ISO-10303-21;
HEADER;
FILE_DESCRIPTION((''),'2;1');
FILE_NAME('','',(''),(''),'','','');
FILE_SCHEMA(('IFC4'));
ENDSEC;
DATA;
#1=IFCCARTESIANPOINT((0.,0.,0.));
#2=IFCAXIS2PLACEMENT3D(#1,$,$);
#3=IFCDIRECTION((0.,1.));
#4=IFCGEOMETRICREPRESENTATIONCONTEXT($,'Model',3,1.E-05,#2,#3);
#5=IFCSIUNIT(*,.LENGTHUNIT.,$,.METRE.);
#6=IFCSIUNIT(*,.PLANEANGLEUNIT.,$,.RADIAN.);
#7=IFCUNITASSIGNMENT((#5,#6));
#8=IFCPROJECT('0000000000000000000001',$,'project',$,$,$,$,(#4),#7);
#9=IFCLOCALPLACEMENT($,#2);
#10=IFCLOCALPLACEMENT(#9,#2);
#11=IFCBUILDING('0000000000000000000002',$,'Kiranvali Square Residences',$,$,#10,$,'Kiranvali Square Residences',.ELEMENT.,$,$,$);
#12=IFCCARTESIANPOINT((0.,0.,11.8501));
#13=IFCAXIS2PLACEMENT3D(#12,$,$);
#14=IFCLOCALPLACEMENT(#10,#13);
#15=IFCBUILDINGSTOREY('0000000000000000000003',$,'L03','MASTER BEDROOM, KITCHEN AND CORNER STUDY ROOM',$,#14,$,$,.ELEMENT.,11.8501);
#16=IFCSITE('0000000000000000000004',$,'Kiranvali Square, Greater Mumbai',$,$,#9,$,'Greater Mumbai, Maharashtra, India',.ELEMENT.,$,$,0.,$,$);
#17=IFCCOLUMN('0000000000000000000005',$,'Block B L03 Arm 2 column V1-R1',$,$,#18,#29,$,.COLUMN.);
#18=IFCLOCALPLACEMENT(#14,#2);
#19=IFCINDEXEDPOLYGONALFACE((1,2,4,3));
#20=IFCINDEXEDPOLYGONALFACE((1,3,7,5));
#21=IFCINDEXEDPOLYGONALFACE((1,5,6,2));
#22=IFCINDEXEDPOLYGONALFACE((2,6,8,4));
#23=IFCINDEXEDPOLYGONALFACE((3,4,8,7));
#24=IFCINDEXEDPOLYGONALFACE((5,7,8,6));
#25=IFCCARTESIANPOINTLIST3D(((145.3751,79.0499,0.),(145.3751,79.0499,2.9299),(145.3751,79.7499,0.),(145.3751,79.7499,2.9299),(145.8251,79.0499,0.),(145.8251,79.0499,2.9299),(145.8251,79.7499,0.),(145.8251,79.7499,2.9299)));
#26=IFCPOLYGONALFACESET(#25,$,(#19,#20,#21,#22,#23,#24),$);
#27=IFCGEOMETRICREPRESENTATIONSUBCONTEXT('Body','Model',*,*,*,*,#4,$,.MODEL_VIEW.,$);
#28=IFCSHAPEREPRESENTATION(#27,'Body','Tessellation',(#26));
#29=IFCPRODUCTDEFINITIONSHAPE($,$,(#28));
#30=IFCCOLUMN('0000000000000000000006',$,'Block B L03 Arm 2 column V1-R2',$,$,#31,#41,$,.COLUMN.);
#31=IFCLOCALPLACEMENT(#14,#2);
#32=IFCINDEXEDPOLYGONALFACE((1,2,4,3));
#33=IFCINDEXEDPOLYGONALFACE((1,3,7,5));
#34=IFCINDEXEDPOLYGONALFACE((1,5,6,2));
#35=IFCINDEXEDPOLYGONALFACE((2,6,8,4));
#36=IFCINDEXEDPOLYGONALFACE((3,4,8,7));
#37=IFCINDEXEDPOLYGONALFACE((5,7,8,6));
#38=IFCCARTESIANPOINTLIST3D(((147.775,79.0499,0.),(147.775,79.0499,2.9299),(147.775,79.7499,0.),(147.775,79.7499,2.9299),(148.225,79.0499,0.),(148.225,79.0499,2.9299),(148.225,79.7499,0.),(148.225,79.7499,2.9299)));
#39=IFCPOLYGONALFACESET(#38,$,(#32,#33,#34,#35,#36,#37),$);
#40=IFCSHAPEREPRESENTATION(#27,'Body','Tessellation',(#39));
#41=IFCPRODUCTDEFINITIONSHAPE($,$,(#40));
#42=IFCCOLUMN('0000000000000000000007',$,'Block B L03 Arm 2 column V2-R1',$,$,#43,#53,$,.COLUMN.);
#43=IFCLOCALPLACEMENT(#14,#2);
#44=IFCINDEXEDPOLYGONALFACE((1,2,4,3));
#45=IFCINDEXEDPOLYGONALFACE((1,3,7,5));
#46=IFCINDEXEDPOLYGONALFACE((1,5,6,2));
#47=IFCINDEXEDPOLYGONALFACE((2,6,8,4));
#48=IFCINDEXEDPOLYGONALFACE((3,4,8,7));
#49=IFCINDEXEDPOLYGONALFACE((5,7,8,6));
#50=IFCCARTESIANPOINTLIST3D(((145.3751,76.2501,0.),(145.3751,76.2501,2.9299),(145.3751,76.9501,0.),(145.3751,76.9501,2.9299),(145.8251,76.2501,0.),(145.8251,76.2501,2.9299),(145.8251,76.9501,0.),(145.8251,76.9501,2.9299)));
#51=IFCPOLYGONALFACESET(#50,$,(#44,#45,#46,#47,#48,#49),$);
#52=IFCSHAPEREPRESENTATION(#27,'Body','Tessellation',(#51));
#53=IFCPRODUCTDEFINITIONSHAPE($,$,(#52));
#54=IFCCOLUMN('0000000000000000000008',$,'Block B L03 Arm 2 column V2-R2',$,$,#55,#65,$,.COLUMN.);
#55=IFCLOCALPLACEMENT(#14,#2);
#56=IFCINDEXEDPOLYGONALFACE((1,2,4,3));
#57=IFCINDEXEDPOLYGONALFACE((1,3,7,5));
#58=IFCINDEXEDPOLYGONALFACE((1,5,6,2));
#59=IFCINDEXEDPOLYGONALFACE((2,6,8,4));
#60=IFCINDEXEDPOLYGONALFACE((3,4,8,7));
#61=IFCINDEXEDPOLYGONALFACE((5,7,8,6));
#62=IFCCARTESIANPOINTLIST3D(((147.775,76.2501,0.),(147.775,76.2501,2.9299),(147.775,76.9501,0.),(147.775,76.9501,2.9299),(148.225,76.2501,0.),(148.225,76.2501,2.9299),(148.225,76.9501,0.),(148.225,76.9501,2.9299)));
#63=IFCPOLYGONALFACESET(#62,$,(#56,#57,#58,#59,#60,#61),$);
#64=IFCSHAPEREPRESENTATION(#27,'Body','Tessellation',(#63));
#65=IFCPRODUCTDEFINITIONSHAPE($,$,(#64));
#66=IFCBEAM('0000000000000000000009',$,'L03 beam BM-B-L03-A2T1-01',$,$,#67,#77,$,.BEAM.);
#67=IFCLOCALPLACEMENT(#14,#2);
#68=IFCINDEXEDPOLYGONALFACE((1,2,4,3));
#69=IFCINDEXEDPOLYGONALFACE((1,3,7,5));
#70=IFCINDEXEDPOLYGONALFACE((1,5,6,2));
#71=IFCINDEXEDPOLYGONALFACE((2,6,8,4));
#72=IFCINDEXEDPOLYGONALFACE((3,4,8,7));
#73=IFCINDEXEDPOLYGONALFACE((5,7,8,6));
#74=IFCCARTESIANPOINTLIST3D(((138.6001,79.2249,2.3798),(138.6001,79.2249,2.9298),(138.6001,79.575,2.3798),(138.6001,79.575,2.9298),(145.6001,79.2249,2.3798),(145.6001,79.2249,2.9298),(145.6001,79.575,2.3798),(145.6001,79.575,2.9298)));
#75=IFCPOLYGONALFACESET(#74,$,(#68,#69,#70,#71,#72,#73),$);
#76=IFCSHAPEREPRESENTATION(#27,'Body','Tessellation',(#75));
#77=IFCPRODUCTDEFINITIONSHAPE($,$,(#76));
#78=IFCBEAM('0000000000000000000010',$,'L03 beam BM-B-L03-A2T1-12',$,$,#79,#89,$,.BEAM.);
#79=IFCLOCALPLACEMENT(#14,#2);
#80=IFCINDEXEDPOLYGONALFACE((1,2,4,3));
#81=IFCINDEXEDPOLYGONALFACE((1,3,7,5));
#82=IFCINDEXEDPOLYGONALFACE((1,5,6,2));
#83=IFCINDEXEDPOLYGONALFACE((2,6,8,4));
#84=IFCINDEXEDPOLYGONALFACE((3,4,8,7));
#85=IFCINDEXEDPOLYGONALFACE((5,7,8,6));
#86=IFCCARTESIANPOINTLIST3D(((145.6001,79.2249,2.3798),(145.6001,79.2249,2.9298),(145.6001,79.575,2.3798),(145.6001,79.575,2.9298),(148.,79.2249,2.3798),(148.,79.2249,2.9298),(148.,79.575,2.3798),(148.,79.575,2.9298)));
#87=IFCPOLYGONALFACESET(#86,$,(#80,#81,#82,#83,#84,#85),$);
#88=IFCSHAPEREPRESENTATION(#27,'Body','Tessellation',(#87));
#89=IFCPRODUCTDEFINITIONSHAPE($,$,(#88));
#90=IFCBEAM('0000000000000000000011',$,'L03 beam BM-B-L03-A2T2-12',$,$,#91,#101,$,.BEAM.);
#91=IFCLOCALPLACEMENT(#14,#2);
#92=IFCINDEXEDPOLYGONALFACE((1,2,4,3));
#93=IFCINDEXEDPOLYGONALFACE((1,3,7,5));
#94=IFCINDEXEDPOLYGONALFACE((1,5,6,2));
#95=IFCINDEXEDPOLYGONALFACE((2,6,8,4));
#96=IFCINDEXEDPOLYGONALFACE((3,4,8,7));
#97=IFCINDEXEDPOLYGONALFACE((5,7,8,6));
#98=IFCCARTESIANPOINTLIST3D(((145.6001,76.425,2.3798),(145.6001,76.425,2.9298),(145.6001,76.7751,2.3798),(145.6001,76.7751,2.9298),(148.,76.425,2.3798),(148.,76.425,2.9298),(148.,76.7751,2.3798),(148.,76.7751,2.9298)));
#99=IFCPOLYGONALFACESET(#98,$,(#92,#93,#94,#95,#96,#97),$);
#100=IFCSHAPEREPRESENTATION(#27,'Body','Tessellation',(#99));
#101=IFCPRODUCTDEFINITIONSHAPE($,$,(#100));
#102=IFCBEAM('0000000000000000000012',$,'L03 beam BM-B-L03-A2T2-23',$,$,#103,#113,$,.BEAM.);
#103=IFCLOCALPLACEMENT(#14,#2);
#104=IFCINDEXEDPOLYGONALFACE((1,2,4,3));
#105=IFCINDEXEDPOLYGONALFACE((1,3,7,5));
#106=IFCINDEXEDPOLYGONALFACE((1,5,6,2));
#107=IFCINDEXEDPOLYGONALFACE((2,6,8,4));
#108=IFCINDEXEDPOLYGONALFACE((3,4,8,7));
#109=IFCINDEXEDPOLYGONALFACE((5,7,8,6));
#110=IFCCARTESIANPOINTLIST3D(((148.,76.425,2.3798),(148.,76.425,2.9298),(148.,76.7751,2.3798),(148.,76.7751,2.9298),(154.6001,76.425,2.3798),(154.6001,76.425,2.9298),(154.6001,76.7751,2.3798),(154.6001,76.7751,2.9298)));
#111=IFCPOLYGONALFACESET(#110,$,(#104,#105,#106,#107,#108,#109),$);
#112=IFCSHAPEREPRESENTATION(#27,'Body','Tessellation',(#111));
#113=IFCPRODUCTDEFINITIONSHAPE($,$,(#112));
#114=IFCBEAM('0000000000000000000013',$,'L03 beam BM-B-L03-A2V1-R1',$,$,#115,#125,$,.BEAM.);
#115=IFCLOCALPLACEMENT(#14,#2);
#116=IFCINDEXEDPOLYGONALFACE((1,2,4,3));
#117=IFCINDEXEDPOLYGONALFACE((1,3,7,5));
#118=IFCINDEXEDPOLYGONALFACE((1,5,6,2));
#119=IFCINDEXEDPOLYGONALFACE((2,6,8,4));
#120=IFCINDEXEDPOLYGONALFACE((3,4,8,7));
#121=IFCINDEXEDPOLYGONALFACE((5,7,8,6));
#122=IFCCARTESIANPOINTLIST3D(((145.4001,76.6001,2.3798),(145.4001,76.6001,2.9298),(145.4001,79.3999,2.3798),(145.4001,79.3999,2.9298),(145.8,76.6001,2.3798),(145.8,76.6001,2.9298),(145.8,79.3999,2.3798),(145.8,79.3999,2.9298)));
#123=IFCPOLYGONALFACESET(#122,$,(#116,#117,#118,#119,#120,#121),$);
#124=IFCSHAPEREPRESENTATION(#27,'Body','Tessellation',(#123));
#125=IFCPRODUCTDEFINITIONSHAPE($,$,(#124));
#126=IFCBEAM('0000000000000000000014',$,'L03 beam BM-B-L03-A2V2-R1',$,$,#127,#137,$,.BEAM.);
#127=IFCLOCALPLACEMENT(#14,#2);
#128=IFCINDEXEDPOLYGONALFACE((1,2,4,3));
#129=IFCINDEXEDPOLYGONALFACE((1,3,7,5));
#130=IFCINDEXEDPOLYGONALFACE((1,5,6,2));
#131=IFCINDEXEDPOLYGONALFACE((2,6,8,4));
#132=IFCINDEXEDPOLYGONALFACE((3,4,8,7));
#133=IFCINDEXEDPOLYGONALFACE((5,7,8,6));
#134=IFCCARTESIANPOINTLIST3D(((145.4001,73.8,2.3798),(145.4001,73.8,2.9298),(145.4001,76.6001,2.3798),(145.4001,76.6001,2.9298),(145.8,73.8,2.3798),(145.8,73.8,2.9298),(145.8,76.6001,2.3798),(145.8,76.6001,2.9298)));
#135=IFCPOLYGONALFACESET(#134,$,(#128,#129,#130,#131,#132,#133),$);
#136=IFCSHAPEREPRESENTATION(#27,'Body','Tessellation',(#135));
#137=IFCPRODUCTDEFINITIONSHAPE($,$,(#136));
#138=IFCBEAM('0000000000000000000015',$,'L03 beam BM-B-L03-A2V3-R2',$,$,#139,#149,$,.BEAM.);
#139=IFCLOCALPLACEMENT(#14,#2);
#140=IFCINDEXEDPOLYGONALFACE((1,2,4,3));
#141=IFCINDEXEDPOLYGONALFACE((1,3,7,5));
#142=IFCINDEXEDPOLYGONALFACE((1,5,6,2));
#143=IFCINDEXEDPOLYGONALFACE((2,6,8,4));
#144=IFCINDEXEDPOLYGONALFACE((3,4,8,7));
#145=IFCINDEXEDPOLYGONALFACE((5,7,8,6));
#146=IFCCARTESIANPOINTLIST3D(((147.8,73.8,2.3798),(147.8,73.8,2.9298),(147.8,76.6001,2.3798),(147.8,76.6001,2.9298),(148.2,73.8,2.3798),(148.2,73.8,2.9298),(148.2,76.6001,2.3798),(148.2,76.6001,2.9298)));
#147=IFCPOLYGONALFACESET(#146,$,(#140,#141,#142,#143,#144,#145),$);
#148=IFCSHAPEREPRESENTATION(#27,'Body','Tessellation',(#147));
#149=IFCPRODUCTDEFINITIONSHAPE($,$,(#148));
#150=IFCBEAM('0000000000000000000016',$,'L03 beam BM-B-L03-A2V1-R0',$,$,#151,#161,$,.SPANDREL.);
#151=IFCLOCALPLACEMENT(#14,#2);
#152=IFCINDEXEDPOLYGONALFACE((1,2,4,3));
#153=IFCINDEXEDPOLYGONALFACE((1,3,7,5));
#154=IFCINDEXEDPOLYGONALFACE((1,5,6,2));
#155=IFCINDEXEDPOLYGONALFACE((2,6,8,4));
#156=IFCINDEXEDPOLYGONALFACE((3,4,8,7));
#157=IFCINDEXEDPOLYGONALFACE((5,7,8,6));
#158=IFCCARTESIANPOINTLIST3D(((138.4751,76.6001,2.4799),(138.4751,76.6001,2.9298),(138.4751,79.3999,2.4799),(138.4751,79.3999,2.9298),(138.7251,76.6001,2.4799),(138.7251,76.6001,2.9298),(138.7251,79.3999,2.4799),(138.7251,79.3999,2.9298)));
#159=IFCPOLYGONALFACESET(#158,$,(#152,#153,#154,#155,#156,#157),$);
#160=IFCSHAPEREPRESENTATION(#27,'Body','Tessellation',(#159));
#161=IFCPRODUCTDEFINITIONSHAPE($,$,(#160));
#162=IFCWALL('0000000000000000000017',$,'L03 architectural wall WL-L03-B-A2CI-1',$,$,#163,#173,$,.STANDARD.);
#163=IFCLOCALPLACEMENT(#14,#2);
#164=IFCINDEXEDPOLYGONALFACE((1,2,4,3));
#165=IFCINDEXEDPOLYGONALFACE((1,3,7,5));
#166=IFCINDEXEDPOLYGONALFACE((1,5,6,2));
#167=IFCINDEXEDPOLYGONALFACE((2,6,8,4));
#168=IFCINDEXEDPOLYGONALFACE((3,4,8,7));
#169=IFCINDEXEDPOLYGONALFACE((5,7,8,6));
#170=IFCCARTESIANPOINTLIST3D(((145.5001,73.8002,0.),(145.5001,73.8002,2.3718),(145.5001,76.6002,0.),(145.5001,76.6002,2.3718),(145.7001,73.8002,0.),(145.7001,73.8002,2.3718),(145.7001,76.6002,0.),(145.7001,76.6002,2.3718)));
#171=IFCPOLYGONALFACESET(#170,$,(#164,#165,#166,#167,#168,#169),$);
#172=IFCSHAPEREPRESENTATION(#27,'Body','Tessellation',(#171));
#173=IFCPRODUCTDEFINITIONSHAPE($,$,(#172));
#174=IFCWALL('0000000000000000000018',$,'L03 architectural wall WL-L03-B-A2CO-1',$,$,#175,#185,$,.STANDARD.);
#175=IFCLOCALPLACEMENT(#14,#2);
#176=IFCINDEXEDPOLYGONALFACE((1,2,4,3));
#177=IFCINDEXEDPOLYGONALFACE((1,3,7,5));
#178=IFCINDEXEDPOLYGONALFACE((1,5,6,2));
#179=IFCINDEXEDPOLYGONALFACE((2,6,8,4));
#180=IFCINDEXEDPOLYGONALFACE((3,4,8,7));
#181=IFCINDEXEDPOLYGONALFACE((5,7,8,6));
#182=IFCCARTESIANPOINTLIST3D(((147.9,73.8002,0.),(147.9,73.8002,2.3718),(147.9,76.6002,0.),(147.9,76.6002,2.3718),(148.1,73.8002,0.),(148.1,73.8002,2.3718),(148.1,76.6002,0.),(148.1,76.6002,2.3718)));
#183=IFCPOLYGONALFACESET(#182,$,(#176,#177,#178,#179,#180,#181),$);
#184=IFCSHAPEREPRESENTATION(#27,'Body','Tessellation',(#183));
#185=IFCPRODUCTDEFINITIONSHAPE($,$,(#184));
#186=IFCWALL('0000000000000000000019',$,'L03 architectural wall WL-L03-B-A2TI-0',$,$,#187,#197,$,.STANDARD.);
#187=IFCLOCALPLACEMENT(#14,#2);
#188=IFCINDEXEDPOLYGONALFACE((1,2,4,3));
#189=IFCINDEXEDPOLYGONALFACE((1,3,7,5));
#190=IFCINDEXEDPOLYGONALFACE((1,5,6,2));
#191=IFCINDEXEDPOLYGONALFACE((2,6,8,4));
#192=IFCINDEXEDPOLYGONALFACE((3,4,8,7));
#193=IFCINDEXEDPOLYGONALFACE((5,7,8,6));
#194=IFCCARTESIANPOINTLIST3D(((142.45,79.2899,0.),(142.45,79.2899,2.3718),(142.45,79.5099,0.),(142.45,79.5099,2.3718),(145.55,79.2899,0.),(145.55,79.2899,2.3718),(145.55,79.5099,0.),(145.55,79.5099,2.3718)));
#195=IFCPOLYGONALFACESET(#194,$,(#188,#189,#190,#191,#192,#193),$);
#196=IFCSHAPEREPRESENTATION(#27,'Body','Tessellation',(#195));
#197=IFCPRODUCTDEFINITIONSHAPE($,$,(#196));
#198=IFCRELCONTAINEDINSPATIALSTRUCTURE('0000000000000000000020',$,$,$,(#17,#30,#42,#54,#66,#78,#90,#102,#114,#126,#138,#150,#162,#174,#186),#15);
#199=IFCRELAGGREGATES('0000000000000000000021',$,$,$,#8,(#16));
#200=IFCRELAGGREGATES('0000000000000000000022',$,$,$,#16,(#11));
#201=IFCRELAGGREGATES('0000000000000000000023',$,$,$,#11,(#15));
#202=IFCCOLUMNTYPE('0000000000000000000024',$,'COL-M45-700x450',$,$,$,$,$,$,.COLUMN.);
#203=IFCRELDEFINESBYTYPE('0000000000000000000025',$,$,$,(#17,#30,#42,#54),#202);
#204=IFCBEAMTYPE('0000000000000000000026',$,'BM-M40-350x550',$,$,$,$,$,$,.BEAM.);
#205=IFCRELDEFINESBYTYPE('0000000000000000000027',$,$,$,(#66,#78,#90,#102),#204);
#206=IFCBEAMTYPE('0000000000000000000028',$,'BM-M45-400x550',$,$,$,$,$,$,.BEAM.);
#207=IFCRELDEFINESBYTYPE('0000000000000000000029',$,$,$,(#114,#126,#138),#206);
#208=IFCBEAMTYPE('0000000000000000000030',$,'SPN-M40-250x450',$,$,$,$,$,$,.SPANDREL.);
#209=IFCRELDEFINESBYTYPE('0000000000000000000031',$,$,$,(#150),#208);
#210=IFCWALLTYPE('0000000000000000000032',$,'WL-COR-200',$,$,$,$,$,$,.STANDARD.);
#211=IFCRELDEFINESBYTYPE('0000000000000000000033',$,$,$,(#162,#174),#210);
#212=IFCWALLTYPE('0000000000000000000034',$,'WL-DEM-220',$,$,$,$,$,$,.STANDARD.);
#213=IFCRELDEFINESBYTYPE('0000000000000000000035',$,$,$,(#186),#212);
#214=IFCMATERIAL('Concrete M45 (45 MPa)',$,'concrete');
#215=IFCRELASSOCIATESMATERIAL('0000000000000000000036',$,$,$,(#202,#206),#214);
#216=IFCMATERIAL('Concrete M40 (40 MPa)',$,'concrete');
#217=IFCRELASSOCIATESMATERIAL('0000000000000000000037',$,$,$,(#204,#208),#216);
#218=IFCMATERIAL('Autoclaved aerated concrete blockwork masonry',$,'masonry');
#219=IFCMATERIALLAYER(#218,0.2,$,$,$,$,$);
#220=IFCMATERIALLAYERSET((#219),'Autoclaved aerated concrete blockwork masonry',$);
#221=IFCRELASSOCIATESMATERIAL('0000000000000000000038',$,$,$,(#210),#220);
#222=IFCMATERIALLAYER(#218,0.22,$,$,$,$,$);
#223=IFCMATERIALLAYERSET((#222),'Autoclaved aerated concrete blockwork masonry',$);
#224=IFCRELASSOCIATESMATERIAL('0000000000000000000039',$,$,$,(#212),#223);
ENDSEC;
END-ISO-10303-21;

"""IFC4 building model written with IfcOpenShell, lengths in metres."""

from ifc_helpers import new_model, si_unit, direction, frame, frame_2d, origin, origin_2d, place, context, subcontext, project, spatial, rectangle, extrude, material, layer, layer_set, material_profile, profile_set, type_object, element, save


model = new_model("IFC4")

# Units and contexts
model_context = context("Model", 3, precision=1e-05, world=origin(), true_north=direction((0.0, 1.0)))
body_context = subcontext(model_context, "Body", "Model", "MODEL_VIEW")
ifc_project = project(units=[si_unit("LENGTHUNIT", "METRE"), si_unit("PLANEANGLEUNIT", "RADIAN")], contexts=[model_context])

# Site, building, storey
site_placement = place(None, origin())
site = spatial("IfcSite", under=ifc_project, at=site_placement, Name="Kiranvali Square, Greater Mumbai", LongName="Greater Mumbai, Maharashtra, India", CompositionType="ELEMENT", RefElevation=0.0)
building_placement = place(site_placement, origin())
building = spatial("IfcBuilding", under=site, at=building_placement, Name="Kiranvali Square Residences", LongName="Kiranvali Square Residences", CompositionType="ELEMENT")
storey_placement = place(building_placement, frame((0.0, 0.0, 11.8501)))
storey = spatial("IfcBuildingStorey", under=building, at=storey_placement, Name="L03", Description="MASTER BEDROOM, KITCHEN AND CORNER STUDY ROOM", CompositionType="ELEMENT", Elevation=11.8501)

# Columns
ifc_material_1 = material(Name="Concrete M45 (45 MPa)", Category="concrete")
ifc_material_profile_1 = material_profile(ifc_material_1, rectangle(XDim=0.45, YDim=0.7, at=origin_2d()), Name="RC 700x450")
ifc_profile_set_1 = profile_set([ifc_material_profile_1], Name="Concrete M45 (45 MPa)")
column_type = type_object("IfcColumnType", Name="COL-M45-700x450", PredefinedType="COLUMN", material=ifc_profile_set_1)
for number, where, z_axis, x_axis, name in (
    (1, (145.6001, 79.3999, 0.0), (0.0, 0.0, 1.0), (1.0, 0.0, 0.0), "Block B L03 Arm 2 column V1-R1"),
    (2, (148.0, 79.3999, 0.0), (0.0, 0.0, 1.0), (1.0, 0.0, 0.0), "Block B L03 Arm 2 column V1-R2"),
    (3, (145.6001, 76.6001, 0.0), (0.0, 0.0, 1.0), (1.0, 0.0, 0.0), "Block B L03 Arm 2 column V2-R1"),
    (4, (148.0, 76.6001, 0.0), (0.0, 0.0, 1.0), (1.0, 0.0, 0.0), "Block B L03 Arm 2 column V2-R2"),
):
    element("IfcColumn", number, at=place(storey_placement, frame(where, z_axis=z_axis, x_axis=x_axis)), inside=storey, type_object=column_type, Name=name, PredefinedType="COLUMN", context=body_context, shape_type="SweptSolid", body=[
        extrude(rectangle(XDim=0.45, YDim=0.7, at=origin_2d()), origin(), (0.0, 0.0, 1.0), 2.9299),
    ])

# Beams
ifc_material_2 = material(Name="Concrete M40 (40 MPa)", Category="concrete")
ifc_material_profile_2 = material_profile(ifc_material_2, rectangle(XDim=0.3501, YDim=0.55, at=origin_2d()), Name="RC 350x550")
ifc_profile_set_2 = profile_set([ifc_material_profile_2], Name="Concrete M40 (40 MPa)")
beam_type_1 = type_object("IfcBeamType", Name="BM-M40-350x550", PredefinedType="BEAM", material=ifc_profile_set_2)
beam_1_placement = place(storey_placement, frame((138.6001, 79.3999, 2.6548), z_axis=(1.0, 0.0, 0.0), x_axis=(0.0, 1.0, 0.0)))
element("IfcBeam", 5, at=beam_1_placement, inside=storey, type_object=beam_type_1, Name="L03 beam BM-B-L03-A2T1-01", PredefinedType="BEAM", context=body_context, shape_type="SweptSolid", body=[
    extrude(rectangle(XDim=0.3501, YDim=0.55, at=origin_2d()), origin(), (0.0, 0.0, 1.0), 7.0),
])
for number, where, z_axis, x_axis, name in (
    (6, (145.6001, 79.3999, 2.6548), (1.0, 0.0, 0.0), (0.0, 1.0, 0.0), "L03 beam BM-B-L03-A2T1-12"),
    (7, (145.6001, 76.6001, 2.6548), (1.0, 0.0, 0.0), (0.0, 1.0, 0.0), "L03 beam BM-B-L03-A2T2-12"),
):
    element("IfcBeam", number, at=place(storey_placement, frame(where, z_axis=z_axis, x_axis=x_axis)), inside=storey, type_object=beam_type_1, Name=name, PredefinedType="BEAM", context=body_context, shape_type="SweptSolid", body=[
        extrude(rectangle(XDim=0.3501, YDim=0.55, at=origin_2d()), origin(), (0.0, 0.0, 1.0), 2.3999),
    ])
beam_2_placement = place(storey_placement, frame((148.0, 76.6001, 2.6548), z_axis=(1.0, 0.0, 0.0), x_axis=(0.0, 1.0, 0.0)))
element("IfcBeam", 8, at=beam_2_placement, inside=storey, type_object=beam_type_1, Name="L03 beam BM-B-L03-A2T2-23", PredefinedType="BEAM", context=body_context, shape_type="SweptSolid", body=[
    extrude(rectangle(XDim=0.3501, YDim=0.55, at=origin_2d()), origin(), (0.0, 0.0, 1.0), 6.6001),
])
ifc_material_profile_3 = material_profile(ifc_material_1, rectangle(XDim=0.3999, YDim=0.55, at=origin_2d()), Name="RC 400x550")
ifc_profile_set_3 = profile_set([ifc_material_profile_3], Name="Concrete M45 (45 MPa)")
beam_type_2 = type_object("IfcBeamType", Name="BM-M45-400x550", PredefinedType="BEAM", material=ifc_profile_set_3)
beam_3_placement = place(storey_placement, frame((145.6001, 79.3999, 2.6548), z_axis=(0.0, -1.0, 0.0), x_axis=(1.0, 0.0, 0.0)))
element("IfcBeam", 9, at=beam_3_placement, inside=storey, type_object=beam_type_2, Name="L03 beam BM-B-L03-A2V1-R1", PredefinedType="BEAM", context=body_context, shape_type="SweptSolid", body=[
    extrude(rectangle(XDim=0.3999, YDim=0.55, at=origin_2d()), origin(), (0.0, 0.0, 1.0), 2.7998),
])
for number, where, z_axis, x_axis, name in (
    (10, (145.6001, 76.6001, 2.6548), (0.0, -1.0, 0.0), (1.0, 0.0, 0.0), "L03 beam BM-B-L03-A2V2-R1"),
    (11, (148.0, 76.6001, 2.6548), (0.0, -1.0, 0.0), (1.0, 0.0, 0.0), "L03 beam BM-B-L03-A2V3-R2"),
):
    element("IfcBeam", number, at=place(storey_placement, frame(where, z_axis=z_axis, x_axis=x_axis)), inside=storey, type_object=beam_type_2, Name=name, PredefinedType="BEAM", context=body_context, shape_type="SweptSolid", body=[
        extrude(rectangle(XDim=0.3999, YDim=0.55, at=origin_2d()), origin(), (0.0, 0.0, 1.0), 2.8),
    ])
ifc_material_profile_4 = material_profile(ifc_material_2, rectangle(XDim=0.25, YDim=0.45, at=origin_2d()), Name="RC 250x450")
ifc_profile_set_4 = profile_set([ifc_material_profile_4], Name="Concrete M40 (40 MPa)")
beam_type_3 = type_object("IfcBeamType", Name="SPN-M40-250x450", PredefinedType="SPANDREL", material=ifc_profile_set_4)
beam_4_placement = place(storey_placement, frame((138.6001, 79.3999, 2.7048), z_axis=(0.0, -1.0, 0.0), x_axis=(1.0, 0.0, 0.0)))
element("IfcBeam", 12, at=beam_4_placement, inside=storey, type_object=beam_type_3, Name="L03 beam BM-B-L03-A2V1-R0", PredefinedType="SPANDREL", context=body_context, shape_type="SweptSolid", body=[
    extrude(rectangle(XDim=0.25, YDim=0.45, at=origin_2d()), origin(), (0.0, 0.0, 1.0), 2.7998),
])

# Shared definitions
ifc_material_3 = material(Name="Autoclaved aerated concrete blockwork masonry", Category="masonry")
ifc_layer_1 = layer(ifc_material_3, 0.2)
ifc_layer_set_1 = layer_set([ifc_layer_1], Name="Autoclaved aerated concrete blockwork masonry")
wall_type_1 = type_object("IfcWallType", Name="WL-COR-200", PredefinedType="STANDARD", material=ifc_layer_set_1)

# Walls
for number, where, z_axis, x_axis, name in (
    (13, (145.6001, 76.6001, 0.0), (0.0, 0.0, 1.0), (0.0, -1.0, 0.0), "L03 architectural wall WL-L03-B-A2CI-1"),
    (14, (148.0, 76.6001, 0.0), (0.0, 0.0, 1.0), (0.0, -1.0, 0.0), "L03 architectural wall WL-L03-B-A2CO-1"),
):
    element("IfcWall", number, at=place(storey_placement, frame(where, z_axis=z_axis, x_axis=x_axis)), inside=storey, type_object=wall_type_1, Name=name, PredefinedType="STANDARD", context=body_context, shape_type="SweptSolid", body=[
        extrude(rectangle(XDim=2.8, YDim=0.2, at=frame_2d((1.3999, 0.0))), origin(), (0.0, 0.0, 1.0), 2.3718),
    ])
ifc_layer_2 = layer(ifc_material_3, 0.22)
ifc_layer_set_2 = layer_set([ifc_layer_2], Name="Autoclaved aerated concrete blockwork masonry")
wall_type_2 = type_object("IfcWallType", Name="WL-DEM-220", PredefinedType="STANDARD", material=ifc_layer_set_2)
wall_1_placement = place(storey_placement, frame((142.45, 79.3999, 0.0), z_axis=(0.0, 0.0, 1.0), x_axis=(1.0, 0.0, 0.0)))
element("IfcWall", 15, at=wall_1_placement, inside=storey, type_object=wall_type_2, Name="L03 architectural wall WL-L03-B-A2TI-0", PredefinedType="STANDARD", context=body_context, shape_type="SweptSolid", body=[
    extrude(rectangle(XDim=3.1001, YDim=0.22, at=frame_2d((1.55, 0.0))), origin(), (0.0, 0.0, 1.0), 2.3718),
])

save(model, "model.ifc")
